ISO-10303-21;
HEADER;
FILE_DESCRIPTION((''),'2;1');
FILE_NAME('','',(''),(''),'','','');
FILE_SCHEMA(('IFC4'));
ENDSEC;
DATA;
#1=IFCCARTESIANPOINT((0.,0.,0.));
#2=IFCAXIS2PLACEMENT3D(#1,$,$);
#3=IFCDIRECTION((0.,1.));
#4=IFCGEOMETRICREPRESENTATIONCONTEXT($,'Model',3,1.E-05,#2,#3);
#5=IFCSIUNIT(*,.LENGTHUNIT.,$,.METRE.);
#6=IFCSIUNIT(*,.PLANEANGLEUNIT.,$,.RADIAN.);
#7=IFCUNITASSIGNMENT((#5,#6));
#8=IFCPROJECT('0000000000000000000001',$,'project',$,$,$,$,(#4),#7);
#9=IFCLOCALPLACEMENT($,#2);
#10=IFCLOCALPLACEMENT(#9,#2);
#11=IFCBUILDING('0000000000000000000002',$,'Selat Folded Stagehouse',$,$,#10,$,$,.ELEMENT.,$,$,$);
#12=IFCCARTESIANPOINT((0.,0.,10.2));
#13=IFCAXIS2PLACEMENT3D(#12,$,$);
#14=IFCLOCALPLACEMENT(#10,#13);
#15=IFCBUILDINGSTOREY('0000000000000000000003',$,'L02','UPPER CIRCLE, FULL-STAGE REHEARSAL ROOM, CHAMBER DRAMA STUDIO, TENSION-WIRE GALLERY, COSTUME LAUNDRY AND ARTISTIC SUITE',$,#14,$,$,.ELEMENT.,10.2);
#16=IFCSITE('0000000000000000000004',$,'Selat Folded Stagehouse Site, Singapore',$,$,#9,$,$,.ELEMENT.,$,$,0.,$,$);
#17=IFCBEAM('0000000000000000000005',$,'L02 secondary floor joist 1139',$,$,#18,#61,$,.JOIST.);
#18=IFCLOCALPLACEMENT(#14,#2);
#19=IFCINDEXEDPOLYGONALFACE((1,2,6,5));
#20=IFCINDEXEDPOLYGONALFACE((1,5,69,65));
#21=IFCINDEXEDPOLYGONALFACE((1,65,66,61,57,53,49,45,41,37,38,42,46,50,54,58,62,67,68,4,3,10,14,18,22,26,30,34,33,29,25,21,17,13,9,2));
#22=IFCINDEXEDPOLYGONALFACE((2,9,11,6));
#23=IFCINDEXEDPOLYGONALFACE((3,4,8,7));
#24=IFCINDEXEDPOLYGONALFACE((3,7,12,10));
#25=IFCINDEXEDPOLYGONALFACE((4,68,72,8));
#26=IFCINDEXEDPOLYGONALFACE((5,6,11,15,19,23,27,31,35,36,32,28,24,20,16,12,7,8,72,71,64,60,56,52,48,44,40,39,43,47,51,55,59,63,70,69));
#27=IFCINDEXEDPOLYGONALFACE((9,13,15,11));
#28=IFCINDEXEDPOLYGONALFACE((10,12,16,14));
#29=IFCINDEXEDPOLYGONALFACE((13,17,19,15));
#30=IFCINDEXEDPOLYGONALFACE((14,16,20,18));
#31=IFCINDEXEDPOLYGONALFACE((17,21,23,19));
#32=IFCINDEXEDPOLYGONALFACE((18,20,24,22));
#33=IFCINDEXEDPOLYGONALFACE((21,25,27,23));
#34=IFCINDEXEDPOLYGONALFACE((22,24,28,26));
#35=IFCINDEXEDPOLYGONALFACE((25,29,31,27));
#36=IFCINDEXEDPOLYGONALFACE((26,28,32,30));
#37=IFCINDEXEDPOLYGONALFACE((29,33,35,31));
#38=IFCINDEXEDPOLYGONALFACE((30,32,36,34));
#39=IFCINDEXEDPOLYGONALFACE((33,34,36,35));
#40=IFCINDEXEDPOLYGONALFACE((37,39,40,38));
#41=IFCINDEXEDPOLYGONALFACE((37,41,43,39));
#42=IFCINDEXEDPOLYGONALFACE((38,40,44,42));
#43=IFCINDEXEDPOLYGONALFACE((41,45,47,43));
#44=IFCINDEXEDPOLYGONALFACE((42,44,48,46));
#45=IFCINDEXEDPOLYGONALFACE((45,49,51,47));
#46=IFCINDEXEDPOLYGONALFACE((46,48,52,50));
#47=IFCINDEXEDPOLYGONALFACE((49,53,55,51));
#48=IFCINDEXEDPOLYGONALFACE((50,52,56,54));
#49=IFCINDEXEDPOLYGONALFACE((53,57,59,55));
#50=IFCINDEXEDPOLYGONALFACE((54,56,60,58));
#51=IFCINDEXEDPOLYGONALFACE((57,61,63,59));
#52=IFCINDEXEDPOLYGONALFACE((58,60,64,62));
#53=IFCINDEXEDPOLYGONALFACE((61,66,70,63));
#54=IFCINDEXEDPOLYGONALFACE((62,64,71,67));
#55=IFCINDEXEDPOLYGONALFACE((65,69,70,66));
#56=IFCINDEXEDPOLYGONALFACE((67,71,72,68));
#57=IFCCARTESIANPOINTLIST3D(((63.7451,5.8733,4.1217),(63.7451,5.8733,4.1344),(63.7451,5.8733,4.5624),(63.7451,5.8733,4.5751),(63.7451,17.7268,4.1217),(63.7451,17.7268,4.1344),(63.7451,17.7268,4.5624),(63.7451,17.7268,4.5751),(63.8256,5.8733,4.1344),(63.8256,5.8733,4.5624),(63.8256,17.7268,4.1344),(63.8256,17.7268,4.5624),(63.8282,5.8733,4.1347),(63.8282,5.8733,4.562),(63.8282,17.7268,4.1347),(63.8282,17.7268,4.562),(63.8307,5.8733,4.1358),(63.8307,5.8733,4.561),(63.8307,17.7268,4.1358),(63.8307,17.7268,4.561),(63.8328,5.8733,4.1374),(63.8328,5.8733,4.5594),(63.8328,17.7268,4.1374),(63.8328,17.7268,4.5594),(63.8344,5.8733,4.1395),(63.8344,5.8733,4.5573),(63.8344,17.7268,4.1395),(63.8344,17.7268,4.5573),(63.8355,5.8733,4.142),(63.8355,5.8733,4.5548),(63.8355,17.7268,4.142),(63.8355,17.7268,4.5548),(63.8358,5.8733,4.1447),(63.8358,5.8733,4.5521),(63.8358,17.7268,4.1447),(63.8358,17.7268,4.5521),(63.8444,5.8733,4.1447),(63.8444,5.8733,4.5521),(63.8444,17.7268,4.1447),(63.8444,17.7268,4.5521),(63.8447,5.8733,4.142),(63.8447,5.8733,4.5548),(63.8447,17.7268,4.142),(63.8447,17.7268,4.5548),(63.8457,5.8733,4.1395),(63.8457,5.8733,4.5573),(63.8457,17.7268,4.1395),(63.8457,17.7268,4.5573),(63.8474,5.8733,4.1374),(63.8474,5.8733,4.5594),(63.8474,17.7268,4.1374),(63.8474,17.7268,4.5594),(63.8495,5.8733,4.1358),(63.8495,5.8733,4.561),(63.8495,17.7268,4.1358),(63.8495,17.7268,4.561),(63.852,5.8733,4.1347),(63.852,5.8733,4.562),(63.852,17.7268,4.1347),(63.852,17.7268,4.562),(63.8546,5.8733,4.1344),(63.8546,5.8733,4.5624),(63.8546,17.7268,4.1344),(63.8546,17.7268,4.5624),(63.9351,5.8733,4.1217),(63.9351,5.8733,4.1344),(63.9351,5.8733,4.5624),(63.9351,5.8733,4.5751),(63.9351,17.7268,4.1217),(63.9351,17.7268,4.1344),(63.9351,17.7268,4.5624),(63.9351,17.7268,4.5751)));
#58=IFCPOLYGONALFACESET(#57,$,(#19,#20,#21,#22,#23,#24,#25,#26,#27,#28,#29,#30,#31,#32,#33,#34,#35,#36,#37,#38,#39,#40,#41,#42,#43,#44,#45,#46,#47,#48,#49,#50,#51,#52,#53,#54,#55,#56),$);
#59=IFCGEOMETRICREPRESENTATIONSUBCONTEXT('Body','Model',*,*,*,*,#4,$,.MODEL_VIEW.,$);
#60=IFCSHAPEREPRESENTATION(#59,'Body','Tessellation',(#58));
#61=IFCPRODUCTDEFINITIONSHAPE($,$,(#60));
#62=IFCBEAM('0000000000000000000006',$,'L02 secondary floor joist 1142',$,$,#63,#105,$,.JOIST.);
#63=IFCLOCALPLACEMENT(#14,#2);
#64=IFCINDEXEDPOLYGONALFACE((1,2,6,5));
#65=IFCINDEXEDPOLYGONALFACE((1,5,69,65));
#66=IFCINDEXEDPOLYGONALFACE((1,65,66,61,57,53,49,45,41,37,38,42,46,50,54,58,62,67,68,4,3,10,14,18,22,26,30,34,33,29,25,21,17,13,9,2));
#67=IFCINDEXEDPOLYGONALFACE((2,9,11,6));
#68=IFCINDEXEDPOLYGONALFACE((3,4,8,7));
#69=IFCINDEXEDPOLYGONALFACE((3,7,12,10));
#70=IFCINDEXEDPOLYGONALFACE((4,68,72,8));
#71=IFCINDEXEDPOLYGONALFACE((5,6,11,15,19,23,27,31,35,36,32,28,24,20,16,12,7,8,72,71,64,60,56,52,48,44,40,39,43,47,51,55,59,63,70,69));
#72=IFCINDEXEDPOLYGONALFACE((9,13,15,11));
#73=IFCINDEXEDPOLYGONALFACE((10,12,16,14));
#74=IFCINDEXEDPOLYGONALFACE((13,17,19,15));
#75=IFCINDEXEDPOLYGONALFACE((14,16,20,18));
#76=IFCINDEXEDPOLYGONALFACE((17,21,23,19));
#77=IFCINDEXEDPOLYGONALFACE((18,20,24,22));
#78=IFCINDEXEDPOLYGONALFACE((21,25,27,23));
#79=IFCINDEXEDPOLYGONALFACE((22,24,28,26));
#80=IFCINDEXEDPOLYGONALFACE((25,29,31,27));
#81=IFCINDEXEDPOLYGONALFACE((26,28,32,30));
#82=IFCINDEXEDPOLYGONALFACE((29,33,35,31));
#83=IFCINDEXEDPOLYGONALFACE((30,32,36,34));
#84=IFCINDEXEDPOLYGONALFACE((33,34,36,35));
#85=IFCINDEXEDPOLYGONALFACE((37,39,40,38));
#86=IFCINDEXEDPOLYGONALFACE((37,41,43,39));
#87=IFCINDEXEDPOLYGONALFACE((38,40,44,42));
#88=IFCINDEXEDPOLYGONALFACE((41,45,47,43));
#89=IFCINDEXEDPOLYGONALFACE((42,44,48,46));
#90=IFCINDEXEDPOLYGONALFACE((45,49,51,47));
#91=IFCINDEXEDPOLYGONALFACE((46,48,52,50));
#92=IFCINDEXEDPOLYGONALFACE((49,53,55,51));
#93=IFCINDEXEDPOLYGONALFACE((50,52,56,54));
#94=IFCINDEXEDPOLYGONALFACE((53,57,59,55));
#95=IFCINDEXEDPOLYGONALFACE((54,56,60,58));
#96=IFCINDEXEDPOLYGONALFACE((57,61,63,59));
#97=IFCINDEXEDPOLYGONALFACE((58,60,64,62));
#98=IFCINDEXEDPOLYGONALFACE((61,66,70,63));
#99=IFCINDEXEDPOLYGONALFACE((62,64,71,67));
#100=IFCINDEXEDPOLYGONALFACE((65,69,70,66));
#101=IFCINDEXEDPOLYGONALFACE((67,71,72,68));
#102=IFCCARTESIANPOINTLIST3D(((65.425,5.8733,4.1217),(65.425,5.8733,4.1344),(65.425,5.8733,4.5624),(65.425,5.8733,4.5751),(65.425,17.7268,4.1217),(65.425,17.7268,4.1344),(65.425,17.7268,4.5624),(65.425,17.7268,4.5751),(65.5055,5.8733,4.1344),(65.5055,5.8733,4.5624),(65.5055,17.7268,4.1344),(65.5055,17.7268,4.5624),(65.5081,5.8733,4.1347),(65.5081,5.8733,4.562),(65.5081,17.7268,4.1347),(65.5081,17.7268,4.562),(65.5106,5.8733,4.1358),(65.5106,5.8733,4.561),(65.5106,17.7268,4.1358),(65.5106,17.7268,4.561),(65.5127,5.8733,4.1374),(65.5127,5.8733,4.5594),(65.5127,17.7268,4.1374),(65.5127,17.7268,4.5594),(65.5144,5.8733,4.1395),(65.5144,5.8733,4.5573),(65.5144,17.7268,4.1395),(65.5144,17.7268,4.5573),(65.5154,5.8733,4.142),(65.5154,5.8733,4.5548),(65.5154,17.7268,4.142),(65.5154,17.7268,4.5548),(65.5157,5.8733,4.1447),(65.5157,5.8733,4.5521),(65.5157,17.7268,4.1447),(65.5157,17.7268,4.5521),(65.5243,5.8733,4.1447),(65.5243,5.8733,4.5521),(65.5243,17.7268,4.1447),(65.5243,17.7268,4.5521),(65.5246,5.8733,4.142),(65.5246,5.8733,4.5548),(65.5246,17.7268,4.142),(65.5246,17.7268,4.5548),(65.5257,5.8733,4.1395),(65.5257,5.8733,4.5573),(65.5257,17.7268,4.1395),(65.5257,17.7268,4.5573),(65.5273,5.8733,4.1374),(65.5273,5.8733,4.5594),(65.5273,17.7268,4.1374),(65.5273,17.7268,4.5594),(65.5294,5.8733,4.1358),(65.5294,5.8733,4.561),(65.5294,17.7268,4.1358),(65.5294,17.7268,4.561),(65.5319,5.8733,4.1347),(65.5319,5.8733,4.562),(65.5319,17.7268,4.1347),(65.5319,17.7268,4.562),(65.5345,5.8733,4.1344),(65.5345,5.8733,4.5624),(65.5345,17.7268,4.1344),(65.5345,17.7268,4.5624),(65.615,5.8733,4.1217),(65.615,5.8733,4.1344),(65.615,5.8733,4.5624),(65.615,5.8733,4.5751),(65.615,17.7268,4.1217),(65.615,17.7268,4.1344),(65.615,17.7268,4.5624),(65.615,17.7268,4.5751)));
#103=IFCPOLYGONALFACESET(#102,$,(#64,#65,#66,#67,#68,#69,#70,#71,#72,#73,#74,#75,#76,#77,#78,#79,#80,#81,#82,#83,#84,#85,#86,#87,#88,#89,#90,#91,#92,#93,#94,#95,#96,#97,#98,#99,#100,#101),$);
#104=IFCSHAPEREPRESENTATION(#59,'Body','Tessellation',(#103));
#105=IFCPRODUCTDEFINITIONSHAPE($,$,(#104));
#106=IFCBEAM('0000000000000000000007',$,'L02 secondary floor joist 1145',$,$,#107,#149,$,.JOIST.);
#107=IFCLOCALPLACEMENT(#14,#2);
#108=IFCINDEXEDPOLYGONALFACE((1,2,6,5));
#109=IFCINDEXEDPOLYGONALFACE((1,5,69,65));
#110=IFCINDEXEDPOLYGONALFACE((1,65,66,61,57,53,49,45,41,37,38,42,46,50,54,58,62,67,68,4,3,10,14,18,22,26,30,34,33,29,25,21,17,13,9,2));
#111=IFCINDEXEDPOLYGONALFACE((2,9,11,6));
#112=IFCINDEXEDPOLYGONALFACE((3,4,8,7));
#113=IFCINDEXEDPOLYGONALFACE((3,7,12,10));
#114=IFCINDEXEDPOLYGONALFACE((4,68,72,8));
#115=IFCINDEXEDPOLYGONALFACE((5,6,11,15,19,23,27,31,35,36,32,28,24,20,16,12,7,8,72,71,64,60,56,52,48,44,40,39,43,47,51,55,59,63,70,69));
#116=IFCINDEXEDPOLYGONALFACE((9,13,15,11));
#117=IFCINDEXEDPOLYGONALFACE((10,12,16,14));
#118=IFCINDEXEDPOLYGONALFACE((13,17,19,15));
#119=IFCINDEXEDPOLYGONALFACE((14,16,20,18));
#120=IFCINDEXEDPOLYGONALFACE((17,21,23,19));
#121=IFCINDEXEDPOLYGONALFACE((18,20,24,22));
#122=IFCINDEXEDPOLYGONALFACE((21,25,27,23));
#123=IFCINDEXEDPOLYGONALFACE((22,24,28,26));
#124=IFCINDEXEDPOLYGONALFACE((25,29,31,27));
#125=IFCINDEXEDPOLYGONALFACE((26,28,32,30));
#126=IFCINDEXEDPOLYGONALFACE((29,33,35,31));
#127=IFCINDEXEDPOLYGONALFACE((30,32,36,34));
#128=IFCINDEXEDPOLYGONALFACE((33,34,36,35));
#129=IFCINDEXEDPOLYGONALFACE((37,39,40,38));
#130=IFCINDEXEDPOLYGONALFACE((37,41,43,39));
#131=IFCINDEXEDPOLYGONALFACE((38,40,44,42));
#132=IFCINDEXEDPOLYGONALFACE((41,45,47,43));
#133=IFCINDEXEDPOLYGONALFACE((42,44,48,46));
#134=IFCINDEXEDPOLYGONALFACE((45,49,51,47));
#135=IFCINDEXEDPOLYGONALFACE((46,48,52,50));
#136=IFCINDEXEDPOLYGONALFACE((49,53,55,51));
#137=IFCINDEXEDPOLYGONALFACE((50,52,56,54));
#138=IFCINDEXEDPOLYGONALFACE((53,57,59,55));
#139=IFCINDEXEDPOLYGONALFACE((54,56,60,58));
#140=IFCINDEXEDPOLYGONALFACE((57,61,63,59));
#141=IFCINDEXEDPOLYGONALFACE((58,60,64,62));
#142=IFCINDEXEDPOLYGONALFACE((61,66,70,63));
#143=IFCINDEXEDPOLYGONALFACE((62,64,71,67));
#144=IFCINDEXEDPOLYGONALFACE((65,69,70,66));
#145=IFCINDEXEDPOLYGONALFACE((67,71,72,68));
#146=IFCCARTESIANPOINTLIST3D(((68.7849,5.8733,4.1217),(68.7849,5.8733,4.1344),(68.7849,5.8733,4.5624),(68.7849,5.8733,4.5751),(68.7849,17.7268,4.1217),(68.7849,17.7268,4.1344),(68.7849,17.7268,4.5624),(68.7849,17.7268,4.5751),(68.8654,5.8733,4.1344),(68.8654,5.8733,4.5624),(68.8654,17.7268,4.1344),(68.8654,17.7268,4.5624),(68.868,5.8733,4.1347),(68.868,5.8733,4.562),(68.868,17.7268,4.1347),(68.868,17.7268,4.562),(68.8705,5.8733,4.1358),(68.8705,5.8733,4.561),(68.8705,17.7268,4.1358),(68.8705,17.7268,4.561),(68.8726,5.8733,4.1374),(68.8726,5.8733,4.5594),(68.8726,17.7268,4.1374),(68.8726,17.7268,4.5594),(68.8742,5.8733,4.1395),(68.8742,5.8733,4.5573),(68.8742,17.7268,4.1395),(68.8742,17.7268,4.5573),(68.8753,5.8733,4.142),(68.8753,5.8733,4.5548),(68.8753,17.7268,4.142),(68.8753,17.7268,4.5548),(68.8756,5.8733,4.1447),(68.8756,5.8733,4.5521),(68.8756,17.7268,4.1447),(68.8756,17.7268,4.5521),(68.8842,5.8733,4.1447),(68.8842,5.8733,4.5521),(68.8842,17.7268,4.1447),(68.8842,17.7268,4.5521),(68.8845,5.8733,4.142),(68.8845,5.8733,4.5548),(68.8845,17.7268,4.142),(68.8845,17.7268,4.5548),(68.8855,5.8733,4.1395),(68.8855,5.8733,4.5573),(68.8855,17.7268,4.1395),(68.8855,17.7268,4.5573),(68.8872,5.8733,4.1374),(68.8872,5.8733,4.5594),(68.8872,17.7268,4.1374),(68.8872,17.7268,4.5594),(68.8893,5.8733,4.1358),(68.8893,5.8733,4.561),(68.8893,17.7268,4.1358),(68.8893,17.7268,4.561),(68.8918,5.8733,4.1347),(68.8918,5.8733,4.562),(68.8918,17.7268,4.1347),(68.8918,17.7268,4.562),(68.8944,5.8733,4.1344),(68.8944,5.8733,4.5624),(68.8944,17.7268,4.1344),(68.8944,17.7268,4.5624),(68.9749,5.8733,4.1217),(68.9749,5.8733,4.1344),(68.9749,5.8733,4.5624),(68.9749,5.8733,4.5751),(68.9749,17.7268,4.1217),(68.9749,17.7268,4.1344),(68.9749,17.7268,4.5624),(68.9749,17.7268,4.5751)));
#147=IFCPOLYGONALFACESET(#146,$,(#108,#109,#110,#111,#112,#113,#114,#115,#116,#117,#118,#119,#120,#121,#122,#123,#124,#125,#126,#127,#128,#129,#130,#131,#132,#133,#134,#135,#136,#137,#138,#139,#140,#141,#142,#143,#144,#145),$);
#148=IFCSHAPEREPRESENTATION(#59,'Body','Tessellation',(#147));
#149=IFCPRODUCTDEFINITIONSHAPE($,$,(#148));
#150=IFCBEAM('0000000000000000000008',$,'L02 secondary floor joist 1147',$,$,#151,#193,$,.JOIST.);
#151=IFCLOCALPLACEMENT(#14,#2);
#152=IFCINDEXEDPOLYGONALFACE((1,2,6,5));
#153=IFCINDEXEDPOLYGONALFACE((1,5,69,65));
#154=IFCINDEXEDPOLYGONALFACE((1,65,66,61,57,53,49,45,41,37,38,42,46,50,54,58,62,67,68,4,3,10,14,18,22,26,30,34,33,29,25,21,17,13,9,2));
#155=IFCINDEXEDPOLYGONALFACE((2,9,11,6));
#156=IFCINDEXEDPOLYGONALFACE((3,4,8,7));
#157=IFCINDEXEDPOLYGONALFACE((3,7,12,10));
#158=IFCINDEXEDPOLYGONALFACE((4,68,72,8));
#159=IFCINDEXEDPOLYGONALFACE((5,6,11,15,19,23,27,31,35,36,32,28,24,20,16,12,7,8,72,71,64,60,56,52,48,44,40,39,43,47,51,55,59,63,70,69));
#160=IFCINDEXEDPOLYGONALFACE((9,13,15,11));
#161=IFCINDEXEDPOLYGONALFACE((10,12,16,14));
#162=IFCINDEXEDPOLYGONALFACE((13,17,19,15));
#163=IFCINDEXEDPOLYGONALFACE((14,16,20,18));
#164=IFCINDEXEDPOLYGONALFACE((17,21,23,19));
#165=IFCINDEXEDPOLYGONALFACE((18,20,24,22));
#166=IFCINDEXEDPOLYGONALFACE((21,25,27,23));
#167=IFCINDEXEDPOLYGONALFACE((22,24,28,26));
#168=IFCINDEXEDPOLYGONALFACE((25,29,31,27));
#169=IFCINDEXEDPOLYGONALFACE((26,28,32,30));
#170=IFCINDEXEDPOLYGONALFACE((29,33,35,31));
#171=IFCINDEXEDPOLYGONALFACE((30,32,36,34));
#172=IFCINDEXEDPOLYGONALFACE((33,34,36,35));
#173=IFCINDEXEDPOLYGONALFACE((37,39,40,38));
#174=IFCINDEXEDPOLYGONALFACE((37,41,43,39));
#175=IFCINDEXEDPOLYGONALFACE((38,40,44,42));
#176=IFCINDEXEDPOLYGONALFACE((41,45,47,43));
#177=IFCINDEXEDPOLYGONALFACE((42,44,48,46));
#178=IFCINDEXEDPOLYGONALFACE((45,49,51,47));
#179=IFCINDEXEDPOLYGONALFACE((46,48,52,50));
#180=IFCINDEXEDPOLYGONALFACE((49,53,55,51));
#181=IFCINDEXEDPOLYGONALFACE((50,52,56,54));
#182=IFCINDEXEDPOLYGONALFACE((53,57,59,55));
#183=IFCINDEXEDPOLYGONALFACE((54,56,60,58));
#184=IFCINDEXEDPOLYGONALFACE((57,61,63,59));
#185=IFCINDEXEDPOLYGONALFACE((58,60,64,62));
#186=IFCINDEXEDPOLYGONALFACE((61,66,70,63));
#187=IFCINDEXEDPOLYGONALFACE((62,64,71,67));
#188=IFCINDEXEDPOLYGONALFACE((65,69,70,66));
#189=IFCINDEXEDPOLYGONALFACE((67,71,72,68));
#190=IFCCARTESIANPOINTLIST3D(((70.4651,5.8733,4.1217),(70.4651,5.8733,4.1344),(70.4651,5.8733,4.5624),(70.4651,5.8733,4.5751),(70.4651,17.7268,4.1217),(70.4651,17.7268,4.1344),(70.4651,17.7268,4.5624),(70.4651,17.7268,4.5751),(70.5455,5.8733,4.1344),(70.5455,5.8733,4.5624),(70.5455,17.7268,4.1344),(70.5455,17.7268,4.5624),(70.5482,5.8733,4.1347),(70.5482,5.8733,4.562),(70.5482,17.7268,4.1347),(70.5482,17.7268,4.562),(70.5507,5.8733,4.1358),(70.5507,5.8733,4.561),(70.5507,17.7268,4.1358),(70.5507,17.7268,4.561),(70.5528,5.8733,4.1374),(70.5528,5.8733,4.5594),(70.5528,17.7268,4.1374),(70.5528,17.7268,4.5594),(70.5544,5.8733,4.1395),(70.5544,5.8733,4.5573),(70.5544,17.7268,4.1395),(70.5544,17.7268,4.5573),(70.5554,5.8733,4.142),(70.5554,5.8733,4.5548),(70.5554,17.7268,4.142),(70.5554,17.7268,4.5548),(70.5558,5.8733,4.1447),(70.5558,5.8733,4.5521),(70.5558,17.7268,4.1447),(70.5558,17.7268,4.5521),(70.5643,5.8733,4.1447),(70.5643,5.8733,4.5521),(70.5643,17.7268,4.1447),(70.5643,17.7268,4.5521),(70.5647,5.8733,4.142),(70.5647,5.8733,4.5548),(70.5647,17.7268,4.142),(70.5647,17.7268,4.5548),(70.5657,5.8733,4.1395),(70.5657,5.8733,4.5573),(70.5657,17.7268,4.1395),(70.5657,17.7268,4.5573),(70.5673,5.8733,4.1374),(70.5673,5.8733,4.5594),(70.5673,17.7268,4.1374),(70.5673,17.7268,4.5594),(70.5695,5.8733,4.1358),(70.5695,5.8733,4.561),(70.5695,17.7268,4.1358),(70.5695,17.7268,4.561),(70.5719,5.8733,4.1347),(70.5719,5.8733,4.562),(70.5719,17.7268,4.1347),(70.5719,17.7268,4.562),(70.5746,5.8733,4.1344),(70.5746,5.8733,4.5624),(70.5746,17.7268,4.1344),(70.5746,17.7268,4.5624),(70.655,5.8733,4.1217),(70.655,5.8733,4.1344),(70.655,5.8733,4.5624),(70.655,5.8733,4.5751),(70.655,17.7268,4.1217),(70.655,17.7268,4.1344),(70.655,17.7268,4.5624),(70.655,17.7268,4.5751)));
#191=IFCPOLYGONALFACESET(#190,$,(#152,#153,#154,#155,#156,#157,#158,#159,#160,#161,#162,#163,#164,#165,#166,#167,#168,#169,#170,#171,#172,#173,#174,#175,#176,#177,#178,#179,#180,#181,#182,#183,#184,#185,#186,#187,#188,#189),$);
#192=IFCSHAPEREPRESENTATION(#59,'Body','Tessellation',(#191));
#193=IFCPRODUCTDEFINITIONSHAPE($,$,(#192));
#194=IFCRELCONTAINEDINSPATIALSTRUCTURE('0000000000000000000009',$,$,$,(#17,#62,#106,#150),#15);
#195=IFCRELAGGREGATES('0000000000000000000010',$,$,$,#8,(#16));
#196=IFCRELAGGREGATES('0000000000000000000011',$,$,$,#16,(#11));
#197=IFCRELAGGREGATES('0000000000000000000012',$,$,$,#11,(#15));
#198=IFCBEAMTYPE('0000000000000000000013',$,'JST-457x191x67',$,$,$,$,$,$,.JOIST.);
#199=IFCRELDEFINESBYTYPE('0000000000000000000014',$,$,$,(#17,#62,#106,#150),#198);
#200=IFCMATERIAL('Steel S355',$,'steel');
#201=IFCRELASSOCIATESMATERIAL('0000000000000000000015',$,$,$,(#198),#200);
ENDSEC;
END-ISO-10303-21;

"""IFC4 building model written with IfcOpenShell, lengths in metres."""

from ifc_helpers import new_model, si_unit, direction, frame, origin, origin_2d, place, context, subcontext, project, spatial, i_section, extrude, material, material_profile, profile_set, type_object, element, save


model = new_model("IFC4")

# Units and contexts
model_context = context("Model", 3, precision=1e-05, world=origin(), true_north=direction((0.0, 1.0)))
body_context = subcontext(model_context, "Body", "Model", "MODEL_VIEW")
ifc_project = project(units=[si_unit("LENGTHUNIT", "METRE"), si_unit("PLANEANGLEUNIT", "RADIAN")], contexts=[model_context])

# Site, building, storey
site_placement = place(None, origin())
site = spatial("IfcSite", under=ifc_project, at=site_placement, Name="Selat Folded Stagehouse Site, Singapore", CompositionType="ELEMENT", RefElevation=0.0)
building_placement = place(site_placement, origin())
building = spatial("IfcBuilding", under=site, at=building_placement, Name="Selat Folded Stagehouse", CompositionType="ELEMENT")
storey_placement = place(building_placement, frame((0.0, 0.0, 10.2)))
storey = spatial("IfcBuildingStorey", under=building, at=storey_placement, Name="L02", Description="UPPER CIRCLE, FULL-STAGE REHEARSAL ROOM, CHAMBER DRAMA STUDIO, TENSION-WIRE GALLERY, COSTUME LAUNDRY AND ARTISTIC SUITE", CompositionType="ELEMENT", Elevation=10.2)

# Shared definitions
ifc_material_1 = material(Name="Steel S355", Category="steel")

# Beams
ifc_material_profile_1 = material_profile(ifc_material_1, i_section(OverallWidth=0.1899, OverallDepth=0.4534, WebThickness=0.0085, FlangeThickness=0.0127, FilletRadius=0.0103, at=origin_2d()), Name="UKB 457x191x67")
ifc_profile_set_1 = profile_set([ifc_material_profile_1], Name="Steel S355")
beam_type_1 = type_object("IfcBeamType", Name="JST-457x191x67", PredefinedType="JOIST", material=ifc_profile_set_1)
for number, where, z_axis, x_axis, name in (
    (1, (63.8401, 5.8733, 4.3484), (0.0, 1.0, 0.0), (-1.0, 0.0, 0.0), "L02 secondary floor joist 1139"),
    (2, (65.52, 5.8733, 4.3484), (0.0, 1.0, 0.0), (-1.0, 0.0, 0.0), "L02 secondary floor joist 1142"),
    (3, (68.8799, 5.8733, 4.3484), (0.0, 1.0, 0.0), (-1.0, 0.0, 0.0), "L02 secondary floor joist 1145"),
    (4, (70.5601, 5.8733, 4.3484), (0.0, 1.0, 0.0), (-1.0, 0.0, 0.0), "L02 secondary floor joist 1147"),
):
    element("IfcBeam", number, at=place(storey_placement, frame(where, z_axis=z_axis, x_axis=x_axis)), inside=storey, type_object=beam_type_1, Name=name, PredefinedType="JOIST", context=body_context, shape_type="SweptSolid", body=[
        extrude(i_section(OverallWidth=0.1899, OverallDepth=0.4534, WebThickness=0.0085, FlangeThickness=0.0127, FilletRadius=0.0103, at=origin_2d()), origin(), (0.0, 0.0, 1.0), 11.8535),
    ])

save(model, "model.ifc")
